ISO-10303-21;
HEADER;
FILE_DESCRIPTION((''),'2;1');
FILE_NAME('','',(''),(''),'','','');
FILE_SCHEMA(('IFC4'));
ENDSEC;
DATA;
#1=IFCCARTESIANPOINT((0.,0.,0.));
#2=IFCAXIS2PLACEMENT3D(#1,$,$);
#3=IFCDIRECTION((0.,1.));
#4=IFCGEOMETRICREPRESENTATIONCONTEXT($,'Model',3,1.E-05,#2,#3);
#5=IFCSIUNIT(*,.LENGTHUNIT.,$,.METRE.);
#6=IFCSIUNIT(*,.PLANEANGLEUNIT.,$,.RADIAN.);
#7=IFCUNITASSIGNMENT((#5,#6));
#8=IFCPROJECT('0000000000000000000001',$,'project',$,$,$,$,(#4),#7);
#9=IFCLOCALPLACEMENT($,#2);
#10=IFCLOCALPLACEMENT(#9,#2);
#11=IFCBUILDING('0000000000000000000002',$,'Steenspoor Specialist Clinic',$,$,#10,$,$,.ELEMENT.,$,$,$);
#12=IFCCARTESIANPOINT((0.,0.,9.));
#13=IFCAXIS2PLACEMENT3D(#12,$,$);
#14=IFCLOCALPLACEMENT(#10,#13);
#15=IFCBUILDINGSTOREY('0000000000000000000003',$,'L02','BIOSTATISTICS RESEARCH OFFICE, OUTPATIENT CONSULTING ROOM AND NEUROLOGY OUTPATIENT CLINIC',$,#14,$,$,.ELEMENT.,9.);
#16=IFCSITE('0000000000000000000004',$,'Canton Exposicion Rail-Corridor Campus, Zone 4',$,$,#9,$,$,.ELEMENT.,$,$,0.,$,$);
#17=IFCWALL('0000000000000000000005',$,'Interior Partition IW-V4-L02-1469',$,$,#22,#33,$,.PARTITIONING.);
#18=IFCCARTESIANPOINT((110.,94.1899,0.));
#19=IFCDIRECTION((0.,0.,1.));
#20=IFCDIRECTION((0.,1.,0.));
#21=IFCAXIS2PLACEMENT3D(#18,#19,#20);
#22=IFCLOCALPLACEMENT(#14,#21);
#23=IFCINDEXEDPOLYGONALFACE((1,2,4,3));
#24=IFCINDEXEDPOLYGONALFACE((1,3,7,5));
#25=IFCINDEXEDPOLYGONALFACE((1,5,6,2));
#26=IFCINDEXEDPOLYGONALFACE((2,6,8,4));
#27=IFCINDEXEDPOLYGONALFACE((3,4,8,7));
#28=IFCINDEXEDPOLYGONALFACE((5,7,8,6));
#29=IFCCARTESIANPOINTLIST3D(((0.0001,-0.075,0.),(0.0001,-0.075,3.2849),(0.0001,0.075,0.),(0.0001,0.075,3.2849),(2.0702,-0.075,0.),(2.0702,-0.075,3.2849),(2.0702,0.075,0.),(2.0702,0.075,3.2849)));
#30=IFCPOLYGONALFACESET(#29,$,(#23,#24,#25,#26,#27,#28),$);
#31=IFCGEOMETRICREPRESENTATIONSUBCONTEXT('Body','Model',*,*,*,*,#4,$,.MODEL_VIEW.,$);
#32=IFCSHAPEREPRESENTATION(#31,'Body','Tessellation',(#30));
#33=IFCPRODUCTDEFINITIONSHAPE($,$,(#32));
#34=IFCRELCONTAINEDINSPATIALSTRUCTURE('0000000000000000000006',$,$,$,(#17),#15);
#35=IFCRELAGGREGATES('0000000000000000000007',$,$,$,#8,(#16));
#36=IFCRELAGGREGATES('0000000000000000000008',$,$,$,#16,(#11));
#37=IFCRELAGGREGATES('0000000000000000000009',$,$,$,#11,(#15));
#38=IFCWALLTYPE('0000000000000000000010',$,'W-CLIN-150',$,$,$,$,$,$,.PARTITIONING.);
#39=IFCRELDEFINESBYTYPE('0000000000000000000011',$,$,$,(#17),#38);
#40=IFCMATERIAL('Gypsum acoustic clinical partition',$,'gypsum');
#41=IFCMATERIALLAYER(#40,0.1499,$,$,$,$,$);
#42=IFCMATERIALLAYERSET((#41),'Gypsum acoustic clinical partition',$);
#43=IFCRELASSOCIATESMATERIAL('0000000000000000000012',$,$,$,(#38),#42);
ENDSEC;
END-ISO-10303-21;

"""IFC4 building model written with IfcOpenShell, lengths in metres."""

from ifc_helpers import new_model, si_unit, direction, frame, frame_2d, origin, place, context, subcontext, project, spatial, rectangle, extrude, material, layer, layer_set, type_object, element, save


model = new_model("IFC4")

# Units and contexts
model_context = context("Model", 3, precision=1e-05, world=origin(), true_north=direction((0.0, 1.0)))
body_context = subcontext(model_context, "Body", "Model", "MODEL_VIEW")
ifc_project = project(units=[si_unit("LENGTHUNIT", "METRE"), si_unit("PLANEANGLEUNIT", "RADIAN")], contexts=[model_context])

# Site, building, storey
site_placement = place(None, origin())
site = spatial("IfcSite", under=ifc_project, at=site_placement, Name="Canton Exposicion Rail-Corridor Campus, Zone 4", CompositionType="ELEMENT", RefElevation=0.0)
building_placement = place(site_placement, origin())
building = spatial("IfcBuilding", under=site, at=building_placement, Name="Steenspoor Specialist Clinic", CompositionType="ELEMENT")
storey_placement = place(building_placement, frame((0.0, 0.0, 9.0)))
storey = spatial("IfcBuildingStorey", under=building, at=storey_placement, Name="L02", Description="BIOSTATISTICS RESEARCH OFFICE, OUTPATIENT CONSULTING ROOM AND NEUROLOGY OUTPATIENT CLINIC", CompositionType="ELEMENT", Elevation=9.0)

# Shared definitions
ifc_material_1 = material(Name="Gypsum acoustic clinical partition", Category="gypsum")
ifc_layer_1 = layer(ifc_material_1, 0.1499)
ifc_layer_set_1 = layer_set([ifc_layer_1], Name="Gypsum acoustic clinical partition")
wall_type_1 = type_object("IfcWallType", Name="W-CLIN-150", PredefinedType="PARTITIONING", material=ifc_layer_set_1)

# Wall
wall_1_placement = place(storey_placement, frame((110.0, 94.1899, 0.0), z_axis=(0.0, 0.0, 1.0), x_axis=(0.0, 1.0, 0.0)))
element("IfcWall", 1, at=wall_1_placement, inside=storey, type_object=wall_type_1, Name="Interior Partition IW-V4-L02-1469", PredefinedType="PARTITIONING", context=body_context, shape_type="SweptSolid", body=[
    extrude(rectangle(XDim=2.0701, YDim=0.1499, at=frame_2d((1.0352, 0.0))), origin(), (0.0, 0.0, 1.0), 3.2849),
])

save(model, "model.ifc")
